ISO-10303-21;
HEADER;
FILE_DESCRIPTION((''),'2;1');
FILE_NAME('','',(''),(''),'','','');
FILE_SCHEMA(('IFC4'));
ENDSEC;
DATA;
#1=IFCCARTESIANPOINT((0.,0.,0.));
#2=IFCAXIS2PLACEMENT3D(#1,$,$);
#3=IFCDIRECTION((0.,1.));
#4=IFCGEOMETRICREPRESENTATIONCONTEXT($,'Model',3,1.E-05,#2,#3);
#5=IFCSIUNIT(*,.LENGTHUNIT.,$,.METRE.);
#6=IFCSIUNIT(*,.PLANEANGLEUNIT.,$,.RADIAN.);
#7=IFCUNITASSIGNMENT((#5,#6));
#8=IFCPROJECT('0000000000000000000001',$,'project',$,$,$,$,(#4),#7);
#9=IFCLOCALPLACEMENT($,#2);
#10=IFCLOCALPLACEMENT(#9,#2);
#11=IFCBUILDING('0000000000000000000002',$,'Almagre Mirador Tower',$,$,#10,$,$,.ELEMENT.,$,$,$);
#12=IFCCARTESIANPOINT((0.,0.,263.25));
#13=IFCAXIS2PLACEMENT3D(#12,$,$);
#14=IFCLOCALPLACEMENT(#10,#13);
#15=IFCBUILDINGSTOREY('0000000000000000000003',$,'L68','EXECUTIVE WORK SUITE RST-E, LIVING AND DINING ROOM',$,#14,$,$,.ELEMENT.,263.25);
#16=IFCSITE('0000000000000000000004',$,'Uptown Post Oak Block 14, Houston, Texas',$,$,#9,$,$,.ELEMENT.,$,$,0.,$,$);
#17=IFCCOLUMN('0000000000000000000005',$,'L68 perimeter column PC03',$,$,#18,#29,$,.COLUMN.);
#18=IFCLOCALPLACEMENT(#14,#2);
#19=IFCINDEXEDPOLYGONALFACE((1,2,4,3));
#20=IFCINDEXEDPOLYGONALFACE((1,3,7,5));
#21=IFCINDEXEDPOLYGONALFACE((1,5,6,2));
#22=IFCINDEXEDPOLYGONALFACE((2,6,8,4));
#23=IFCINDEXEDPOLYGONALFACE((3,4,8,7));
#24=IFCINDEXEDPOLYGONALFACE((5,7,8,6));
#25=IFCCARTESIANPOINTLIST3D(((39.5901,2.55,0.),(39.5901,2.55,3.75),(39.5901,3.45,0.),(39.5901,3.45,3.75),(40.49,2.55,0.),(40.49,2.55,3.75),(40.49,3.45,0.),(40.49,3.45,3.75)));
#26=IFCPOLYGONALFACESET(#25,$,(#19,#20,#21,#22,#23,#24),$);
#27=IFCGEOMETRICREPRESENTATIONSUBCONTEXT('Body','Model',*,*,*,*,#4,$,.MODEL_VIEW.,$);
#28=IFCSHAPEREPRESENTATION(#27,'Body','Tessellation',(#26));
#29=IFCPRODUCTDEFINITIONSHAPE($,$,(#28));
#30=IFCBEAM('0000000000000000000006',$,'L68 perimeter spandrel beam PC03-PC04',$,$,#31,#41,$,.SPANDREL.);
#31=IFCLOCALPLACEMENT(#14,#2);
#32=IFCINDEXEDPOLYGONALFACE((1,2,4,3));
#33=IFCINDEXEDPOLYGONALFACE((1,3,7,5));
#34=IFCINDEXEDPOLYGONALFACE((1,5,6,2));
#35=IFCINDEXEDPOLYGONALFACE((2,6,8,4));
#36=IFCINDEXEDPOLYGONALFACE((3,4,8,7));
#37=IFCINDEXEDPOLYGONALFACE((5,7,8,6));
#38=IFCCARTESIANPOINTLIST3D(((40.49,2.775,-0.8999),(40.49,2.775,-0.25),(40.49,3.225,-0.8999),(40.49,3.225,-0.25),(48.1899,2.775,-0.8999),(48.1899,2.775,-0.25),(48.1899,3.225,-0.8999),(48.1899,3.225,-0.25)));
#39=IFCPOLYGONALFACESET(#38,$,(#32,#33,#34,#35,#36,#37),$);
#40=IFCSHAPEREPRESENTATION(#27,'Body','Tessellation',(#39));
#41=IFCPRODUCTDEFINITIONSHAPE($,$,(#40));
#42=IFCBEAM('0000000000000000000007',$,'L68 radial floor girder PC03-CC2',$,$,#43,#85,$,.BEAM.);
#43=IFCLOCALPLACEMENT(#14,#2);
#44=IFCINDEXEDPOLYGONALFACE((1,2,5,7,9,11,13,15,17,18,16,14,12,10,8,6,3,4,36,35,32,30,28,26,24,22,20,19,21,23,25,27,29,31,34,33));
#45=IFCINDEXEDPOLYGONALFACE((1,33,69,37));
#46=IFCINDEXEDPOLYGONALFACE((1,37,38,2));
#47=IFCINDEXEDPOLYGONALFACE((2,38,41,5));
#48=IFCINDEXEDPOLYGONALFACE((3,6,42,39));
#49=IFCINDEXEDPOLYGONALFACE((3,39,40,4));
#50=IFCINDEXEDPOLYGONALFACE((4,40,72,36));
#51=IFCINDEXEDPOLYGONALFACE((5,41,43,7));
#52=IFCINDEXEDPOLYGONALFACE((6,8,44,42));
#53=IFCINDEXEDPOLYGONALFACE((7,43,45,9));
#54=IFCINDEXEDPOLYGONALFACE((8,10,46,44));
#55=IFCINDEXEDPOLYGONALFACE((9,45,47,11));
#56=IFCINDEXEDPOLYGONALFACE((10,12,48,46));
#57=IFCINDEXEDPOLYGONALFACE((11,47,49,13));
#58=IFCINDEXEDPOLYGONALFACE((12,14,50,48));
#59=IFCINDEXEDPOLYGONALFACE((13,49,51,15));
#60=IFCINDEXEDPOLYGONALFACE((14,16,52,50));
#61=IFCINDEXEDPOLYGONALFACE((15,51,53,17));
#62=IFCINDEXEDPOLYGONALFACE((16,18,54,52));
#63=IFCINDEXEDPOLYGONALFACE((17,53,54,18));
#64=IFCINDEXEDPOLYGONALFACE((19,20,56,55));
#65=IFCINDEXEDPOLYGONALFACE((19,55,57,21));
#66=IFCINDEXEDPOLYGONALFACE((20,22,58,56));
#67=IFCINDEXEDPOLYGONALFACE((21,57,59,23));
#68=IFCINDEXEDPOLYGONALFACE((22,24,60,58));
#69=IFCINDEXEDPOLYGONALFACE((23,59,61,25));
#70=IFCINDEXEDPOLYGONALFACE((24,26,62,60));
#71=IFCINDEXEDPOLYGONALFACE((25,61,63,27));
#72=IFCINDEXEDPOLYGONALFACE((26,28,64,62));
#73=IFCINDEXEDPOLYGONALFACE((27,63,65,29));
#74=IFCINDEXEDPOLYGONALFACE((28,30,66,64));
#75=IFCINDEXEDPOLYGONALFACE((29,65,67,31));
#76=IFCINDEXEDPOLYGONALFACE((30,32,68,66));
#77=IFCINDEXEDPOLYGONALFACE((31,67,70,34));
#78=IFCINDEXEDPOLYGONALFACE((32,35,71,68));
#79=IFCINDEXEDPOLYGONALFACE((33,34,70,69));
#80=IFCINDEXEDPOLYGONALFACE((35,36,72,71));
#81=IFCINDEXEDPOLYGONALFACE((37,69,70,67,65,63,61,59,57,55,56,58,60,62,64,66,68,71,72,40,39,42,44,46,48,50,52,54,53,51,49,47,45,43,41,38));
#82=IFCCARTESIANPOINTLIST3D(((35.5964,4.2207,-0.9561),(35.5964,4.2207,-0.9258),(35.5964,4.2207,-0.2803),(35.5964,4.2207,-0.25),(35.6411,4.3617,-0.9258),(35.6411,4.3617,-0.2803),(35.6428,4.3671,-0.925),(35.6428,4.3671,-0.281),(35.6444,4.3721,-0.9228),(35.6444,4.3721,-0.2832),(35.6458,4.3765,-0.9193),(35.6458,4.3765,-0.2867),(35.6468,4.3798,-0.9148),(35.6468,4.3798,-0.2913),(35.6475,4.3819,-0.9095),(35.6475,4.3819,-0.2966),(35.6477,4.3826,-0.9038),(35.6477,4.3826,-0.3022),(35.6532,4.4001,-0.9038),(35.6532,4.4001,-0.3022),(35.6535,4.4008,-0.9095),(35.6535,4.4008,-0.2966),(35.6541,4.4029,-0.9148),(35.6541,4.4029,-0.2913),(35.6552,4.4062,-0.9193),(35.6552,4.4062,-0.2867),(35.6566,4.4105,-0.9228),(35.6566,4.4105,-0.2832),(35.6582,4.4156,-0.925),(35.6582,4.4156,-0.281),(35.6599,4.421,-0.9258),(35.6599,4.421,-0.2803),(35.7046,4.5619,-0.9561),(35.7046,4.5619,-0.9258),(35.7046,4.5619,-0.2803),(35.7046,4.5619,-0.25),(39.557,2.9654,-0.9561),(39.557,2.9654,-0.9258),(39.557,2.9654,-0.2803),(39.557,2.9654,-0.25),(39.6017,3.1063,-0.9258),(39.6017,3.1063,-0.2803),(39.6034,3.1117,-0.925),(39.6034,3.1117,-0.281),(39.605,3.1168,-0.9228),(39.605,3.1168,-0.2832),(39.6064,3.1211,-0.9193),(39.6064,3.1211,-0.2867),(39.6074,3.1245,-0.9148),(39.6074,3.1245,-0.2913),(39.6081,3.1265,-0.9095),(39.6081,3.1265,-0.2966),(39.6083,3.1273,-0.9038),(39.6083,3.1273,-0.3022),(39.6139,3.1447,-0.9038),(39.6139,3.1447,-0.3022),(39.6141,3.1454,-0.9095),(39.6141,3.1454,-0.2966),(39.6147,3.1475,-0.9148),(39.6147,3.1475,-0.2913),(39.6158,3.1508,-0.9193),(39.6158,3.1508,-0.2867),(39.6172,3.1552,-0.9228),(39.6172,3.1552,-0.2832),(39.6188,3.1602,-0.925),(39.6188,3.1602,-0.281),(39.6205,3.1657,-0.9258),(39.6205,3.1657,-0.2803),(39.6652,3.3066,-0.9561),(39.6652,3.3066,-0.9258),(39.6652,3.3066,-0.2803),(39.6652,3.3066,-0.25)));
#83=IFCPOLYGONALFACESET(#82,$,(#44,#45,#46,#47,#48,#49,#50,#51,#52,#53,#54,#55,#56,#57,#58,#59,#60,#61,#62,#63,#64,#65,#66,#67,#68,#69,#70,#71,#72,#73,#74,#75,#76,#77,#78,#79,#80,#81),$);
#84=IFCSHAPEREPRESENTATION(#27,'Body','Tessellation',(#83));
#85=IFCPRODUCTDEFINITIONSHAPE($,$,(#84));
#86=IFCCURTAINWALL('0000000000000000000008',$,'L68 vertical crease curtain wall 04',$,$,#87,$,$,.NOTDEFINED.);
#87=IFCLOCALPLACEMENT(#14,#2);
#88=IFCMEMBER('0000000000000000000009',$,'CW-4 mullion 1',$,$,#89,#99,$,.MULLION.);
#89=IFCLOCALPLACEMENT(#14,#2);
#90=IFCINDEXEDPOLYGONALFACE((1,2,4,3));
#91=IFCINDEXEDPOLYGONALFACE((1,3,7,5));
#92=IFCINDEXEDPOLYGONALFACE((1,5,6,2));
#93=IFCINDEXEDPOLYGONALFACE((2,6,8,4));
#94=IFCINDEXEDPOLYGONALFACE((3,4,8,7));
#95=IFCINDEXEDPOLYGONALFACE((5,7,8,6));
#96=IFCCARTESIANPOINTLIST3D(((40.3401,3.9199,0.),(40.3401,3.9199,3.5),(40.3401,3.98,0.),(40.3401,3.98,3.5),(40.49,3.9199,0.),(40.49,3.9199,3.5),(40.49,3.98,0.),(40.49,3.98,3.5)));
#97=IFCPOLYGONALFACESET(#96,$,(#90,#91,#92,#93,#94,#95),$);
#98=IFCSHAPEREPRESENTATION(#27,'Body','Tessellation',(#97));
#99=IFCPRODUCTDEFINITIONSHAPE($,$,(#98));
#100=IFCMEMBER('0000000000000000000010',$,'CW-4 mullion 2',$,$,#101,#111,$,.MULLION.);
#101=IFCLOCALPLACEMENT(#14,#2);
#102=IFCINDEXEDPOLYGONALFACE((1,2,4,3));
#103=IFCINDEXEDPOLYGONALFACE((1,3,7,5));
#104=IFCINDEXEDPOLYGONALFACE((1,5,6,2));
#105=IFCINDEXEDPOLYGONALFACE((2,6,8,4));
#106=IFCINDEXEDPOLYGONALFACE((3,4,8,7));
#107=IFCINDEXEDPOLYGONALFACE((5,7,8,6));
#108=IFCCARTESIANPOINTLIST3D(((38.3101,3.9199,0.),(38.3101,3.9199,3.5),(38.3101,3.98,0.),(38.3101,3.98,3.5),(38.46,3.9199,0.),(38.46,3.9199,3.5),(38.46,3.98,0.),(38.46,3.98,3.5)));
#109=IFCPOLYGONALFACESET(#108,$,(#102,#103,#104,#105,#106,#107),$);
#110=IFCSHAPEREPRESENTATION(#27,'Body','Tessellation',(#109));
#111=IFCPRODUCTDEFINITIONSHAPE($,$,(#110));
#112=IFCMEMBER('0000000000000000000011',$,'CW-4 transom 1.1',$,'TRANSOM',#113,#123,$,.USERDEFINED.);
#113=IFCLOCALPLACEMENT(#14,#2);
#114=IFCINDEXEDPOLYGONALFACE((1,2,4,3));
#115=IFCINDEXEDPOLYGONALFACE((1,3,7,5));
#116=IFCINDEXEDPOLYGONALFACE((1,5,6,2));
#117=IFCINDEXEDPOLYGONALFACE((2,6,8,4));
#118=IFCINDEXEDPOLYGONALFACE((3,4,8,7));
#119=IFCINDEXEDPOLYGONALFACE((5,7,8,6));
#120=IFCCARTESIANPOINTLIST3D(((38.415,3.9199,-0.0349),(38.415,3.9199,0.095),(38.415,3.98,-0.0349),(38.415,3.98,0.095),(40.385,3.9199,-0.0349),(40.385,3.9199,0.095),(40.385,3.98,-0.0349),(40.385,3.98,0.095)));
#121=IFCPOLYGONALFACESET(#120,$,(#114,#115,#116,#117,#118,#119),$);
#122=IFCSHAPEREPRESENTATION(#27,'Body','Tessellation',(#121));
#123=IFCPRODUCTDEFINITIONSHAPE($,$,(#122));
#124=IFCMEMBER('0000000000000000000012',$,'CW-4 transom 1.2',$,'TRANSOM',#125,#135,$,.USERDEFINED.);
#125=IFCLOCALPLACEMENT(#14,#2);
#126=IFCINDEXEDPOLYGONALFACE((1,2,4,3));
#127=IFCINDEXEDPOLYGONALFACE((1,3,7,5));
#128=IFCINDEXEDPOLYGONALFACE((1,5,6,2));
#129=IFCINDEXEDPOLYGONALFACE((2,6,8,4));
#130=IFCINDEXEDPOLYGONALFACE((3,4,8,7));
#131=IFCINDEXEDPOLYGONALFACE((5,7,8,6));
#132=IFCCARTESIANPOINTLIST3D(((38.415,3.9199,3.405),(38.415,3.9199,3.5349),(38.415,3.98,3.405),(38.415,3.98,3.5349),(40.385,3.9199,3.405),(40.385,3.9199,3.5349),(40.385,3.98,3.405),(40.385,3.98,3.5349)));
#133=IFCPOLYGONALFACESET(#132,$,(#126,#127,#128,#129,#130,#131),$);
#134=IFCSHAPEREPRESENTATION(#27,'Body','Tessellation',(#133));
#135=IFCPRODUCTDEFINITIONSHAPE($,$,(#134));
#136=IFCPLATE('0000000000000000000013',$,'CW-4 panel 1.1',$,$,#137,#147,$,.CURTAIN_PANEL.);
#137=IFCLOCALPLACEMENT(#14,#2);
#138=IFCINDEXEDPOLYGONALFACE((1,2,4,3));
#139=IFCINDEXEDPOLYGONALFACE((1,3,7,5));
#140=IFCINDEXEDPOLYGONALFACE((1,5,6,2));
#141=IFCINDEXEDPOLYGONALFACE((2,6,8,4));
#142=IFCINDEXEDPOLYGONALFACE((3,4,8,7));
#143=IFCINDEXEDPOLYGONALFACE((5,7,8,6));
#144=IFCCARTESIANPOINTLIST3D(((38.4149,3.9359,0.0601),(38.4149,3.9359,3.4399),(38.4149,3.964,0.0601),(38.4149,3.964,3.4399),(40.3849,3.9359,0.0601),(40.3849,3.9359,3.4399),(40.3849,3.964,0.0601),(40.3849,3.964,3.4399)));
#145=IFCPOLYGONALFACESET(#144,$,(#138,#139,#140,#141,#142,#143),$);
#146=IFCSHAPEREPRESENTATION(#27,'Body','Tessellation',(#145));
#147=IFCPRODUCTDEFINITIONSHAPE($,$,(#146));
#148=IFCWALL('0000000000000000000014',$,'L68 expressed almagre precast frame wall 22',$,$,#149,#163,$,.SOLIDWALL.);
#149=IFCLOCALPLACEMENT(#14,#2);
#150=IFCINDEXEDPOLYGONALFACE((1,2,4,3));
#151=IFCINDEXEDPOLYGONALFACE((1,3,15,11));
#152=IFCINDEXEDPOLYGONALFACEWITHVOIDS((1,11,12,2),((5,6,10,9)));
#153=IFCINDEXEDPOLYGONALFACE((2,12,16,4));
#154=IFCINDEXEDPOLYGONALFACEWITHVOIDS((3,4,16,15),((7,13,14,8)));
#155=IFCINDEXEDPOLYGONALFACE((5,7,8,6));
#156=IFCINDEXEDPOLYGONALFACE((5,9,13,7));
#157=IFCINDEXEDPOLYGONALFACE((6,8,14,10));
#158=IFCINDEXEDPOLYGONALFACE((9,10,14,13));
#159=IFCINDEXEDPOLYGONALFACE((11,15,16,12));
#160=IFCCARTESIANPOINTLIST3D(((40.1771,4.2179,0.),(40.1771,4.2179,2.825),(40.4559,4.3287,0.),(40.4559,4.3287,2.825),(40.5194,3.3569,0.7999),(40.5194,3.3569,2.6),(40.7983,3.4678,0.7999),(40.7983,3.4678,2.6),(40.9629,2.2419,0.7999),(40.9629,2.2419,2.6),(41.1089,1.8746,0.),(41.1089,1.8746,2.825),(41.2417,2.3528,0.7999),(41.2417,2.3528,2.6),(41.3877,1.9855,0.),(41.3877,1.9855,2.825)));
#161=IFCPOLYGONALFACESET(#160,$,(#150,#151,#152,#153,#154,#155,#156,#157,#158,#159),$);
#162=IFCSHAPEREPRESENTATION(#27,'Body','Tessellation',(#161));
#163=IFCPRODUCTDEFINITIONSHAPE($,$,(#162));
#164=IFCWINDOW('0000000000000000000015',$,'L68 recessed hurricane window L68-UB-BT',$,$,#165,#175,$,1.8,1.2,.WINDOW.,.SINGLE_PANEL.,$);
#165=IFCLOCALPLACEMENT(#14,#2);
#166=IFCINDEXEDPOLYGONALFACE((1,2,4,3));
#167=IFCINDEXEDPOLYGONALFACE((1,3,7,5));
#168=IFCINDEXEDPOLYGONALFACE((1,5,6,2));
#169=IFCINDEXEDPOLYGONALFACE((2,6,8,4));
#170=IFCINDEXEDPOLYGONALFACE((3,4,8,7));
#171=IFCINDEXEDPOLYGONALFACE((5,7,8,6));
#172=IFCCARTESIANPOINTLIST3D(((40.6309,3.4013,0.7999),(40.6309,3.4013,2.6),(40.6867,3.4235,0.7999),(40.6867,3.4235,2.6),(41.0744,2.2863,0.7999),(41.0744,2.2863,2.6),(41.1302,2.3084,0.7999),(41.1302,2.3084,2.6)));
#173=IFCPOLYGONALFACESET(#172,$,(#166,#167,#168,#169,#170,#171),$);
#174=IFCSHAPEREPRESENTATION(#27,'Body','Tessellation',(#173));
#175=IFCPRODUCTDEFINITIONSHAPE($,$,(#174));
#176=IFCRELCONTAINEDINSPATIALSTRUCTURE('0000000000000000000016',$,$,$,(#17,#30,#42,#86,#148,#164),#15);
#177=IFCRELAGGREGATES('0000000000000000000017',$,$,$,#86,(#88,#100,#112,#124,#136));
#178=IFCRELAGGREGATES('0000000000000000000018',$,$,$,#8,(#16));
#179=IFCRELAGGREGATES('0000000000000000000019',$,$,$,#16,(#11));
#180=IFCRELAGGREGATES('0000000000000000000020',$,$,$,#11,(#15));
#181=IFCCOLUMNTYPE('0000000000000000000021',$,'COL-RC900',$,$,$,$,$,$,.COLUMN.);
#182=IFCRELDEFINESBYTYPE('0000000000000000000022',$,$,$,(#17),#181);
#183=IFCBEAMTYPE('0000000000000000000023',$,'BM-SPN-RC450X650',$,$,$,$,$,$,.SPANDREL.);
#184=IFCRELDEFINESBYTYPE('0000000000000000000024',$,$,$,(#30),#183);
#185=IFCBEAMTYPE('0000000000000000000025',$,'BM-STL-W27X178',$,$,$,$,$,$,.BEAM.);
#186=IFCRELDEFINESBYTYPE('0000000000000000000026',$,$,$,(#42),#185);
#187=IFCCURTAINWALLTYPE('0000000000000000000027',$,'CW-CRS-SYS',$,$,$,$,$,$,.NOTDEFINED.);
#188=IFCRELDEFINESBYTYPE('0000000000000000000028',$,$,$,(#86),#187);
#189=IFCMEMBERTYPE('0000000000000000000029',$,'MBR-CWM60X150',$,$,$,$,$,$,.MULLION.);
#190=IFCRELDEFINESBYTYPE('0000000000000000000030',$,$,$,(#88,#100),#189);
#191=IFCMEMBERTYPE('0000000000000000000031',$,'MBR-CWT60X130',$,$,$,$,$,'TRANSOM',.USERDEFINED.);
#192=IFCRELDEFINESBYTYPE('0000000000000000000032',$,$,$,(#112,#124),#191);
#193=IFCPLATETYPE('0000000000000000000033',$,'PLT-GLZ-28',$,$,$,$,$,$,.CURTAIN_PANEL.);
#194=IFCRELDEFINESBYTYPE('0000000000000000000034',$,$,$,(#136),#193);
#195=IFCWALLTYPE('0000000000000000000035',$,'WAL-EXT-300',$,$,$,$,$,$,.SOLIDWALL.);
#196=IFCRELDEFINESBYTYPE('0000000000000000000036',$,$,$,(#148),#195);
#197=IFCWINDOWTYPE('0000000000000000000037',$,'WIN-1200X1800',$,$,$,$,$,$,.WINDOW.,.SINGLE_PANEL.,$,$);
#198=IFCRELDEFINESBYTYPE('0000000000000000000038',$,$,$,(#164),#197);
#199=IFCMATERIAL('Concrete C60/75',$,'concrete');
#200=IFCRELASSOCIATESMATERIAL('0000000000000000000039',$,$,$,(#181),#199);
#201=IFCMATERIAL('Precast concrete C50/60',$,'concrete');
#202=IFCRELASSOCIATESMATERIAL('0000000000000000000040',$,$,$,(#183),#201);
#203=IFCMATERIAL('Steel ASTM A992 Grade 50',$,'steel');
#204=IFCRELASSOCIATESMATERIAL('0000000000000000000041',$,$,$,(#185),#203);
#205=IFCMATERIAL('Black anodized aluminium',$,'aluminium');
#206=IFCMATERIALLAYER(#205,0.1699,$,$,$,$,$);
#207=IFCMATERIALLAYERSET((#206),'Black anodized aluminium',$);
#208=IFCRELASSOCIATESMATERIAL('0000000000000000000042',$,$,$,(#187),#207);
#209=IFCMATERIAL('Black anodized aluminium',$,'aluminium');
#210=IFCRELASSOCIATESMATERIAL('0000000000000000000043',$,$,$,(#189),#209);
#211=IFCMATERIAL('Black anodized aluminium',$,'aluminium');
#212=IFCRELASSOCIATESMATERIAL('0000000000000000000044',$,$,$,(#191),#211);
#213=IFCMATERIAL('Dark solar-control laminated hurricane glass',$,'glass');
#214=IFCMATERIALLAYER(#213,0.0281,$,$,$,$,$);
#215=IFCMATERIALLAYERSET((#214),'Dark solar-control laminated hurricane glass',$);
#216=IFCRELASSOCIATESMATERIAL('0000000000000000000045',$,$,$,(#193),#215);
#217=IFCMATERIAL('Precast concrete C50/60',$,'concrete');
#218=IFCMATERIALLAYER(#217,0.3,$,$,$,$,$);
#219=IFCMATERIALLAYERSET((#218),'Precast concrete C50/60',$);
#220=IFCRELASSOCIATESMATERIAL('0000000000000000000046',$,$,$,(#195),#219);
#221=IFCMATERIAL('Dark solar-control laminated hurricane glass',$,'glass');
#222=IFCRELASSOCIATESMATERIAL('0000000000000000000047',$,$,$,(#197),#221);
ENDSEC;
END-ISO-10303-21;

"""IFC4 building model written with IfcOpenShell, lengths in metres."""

from ifc_helpers import new_model, si_unit, direction, frame, frame_2d, origin, origin_2d, place, context, subcontext, project, spatial, rectangle, i_section, extrude, material, layer, layer_set, material_profile, profile_set, type_object, element, fill, aggregate, save


model = new_model("IFC4")

# Units and contexts
model_context = context("Model", 3, precision=1e-05, world=origin(), true_north=direction((0.0, 1.0)))
body_context = subcontext(model_context, "Body", "Model", "MODEL_VIEW")
ifc_project = project(units=[si_unit("LENGTHUNIT", "METRE"), si_unit("PLANEANGLEUNIT", "RADIAN")], contexts=[model_context])

# Site, building, storey
site_placement = place(None, origin())
site = spatial("IfcSite", under=ifc_project, at=site_placement, Name="Uptown Post Oak Block 14, Houston, Texas", CompositionType="ELEMENT", RefElevation=0.0)
building_placement = place(site_placement, origin())
building = spatial("IfcBuilding", under=site, at=building_placement, Name="Almagre Mirador Tower", CompositionType="ELEMENT")
storey_placement = place(building_placement, frame((0.0, 0.0, 263.25)))
storey = spatial("IfcBuildingStorey", under=building, at=storey_placement, Name="L68", Description="EXECUTIVE WORK SUITE RST-E, LIVING AND DINING ROOM", CompositionType="ELEMENT", Elevation=263.25)

# Column
ifc_material_1 = material(Name="Concrete C60/75", Category="concrete")
ifc_material_profile_1 = material_profile(ifc_material_1, rectangle(XDim=0.8999, YDim=0.8999, at=origin_2d()), Name="RC900X900")
ifc_profile_set_1 = profile_set([ifc_material_profile_1], Name="Concrete C60/75")
column_type = type_object("IfcColumnType", Name="COL-RC900", PredefinedType="COLUMN", material=ifc_profile_set_1)
column_placement = place(storey_placement, frame((40.04, 3.0, 0.0), z_axis=(0.0, 0.0, 1.0), x_axis=(1.0, 0.0, 0.0)))
element("IfcColumn", 1, at=column_placement, inside=storey, type_object=column_type, Name="L68 perimeter column PC03", PredefinedType="COLUMN", context=body_context, shape_type="SweptSolid", body=[
    extrude(rectangle(XDim=0.8999, YDim=0.8999, at=origin_2d()), origin(), (0.0, 0.0, 1.0), 3.75),
])

# Beams
ifc_material_2 = material(Name="Precast concrete C50/60", Category="concrete")
ifc_material_profile_2 = material_profile(ifc_material_2, rectangle(XDim=0.45, YDim=0.6499, at=origin_2d()), Name="RC450X650")
ifc_profile_set_2 = profile_set([ifc_material_profile_2], Name="Precast concrete C50/60")
beam_type_1 = type_object("IfcBeamType", Name="BM-SPN-RC450X650", PredefinedType="SPANDREL", material=ifc_profile_set_2)
beam_1_placement = place(storey_placement, frame((40.49, 3.0, -0.575), z_axis=(1.0, 0.0, 0.0), x_axis=(0.0, 1.0, 0.0)))
element("IfcBeam", 2, at=beam_1_placement, inside=storey, type_object=beam_type_1, Name="L68 perimeter spandrel beam PC03-PC04", PredefinedType="SPANDREL", context=body_context, shape_type="SweptSolid", body=[
    extrude(rectangle(XDim=0.45, YDim=0.6499, at=origin_2d()), origin(), (0.0, 0.0, 1.0), 7.7),
])
ifc_material_3 = material(Name="Steel ASTM A992 Grade 50", Category="steel")
ifc_material_profile_3 = material_profile(ifc_material_3, i_section(OverallWidth=0.3579, OverallDepth=0.7061, WebThickness=0.0183, FlangeThickness=0.0303, FilletRadius=0.022, at=origin_2d()), Name="W27X178")
ifc_profile_set_3 = profile_set([ifc_material_profile_3], Name="Steel ASTM A992 Grade 50")
beam_type_2 = type_object("IfcBeamType", Name="BM-STL-W27X178", PredefinedType="BEAM", material=ifc_profile_set_3)
beam_2_placement = place(storey_placement, frame((39.6111, 3.136, -0.603), z_axis=(-0.953262, 0.302144, 0.0), x_axis=(-0.302144, -0.953262, 0.0)))
element("IfcBeam", 3, at=beam_2_placement, inside=storey, type_object=beam_type_2, Name="L68 radial floor girder PC03-CC2", PredefinedType="BEAM", context=body_context, shape_type="SweptSolid", body=[
    extrude(i_section(OverallWidth=0.3579, OverallDepth=0.7061, WebThickness=0.0183, FlangeThickness=0.0303, FilletRadius=0.022, at=origin_2d()), origin(), (0.0, 0.0, 1.0), 4.1548),
])

# Curtain wall, members, plate
ifc_material_4 = material(Name="Black anodized aluminium", Category="aluminium")
ifc_layer_1 = layer(ifc_material_4, 0.1699)
ifc_layer_set_1 = layer_set([ifc_layer_1], Name="Black anodized aluminium")
curtain_wall_type = type_object("IfcCurtainWallType", Name="CW-CRS-SYS", PredefinedType="NOTDEFINED", material=ifc_layer_set_1)
curtain_wall_placement = place(storey_placement, origin())
curtain_wall = element("IfcCurtainWall", 4, at=curtain_wall_placement, inside=storey, type_object=curtain_wall_type, Name="L68 vertical crease curtain wall 04", PredefinedType="NOTDEFINED")
ifc_material_5 = material(Name="Black anodized aluminium", Category="aluminium")
ifc_material_profile_4 = material_profile(ifc_material_5, rectangle(XDim=0.0601, YDim=0.1499, at=origin_2d()), Name="CWM60X150")
ifc_profile_set_4 = profile_set([ifc_material_profile_4], Name="Black anodized aluminium")
member_type_1 = type_object("IfcMemberType", Name="MBR-CWM60X150", PredefinedType="MULLION", material=ifc_profile_set_4)
member_1_placement = place(storey_placement, frame((40.415, 3.95, 0.0), z_axis=(0.0, 0.0, 1.0), x_axis=(0.0, -1.0, 0.0)))
member_1 = element("IfcMember", 5, at=member_1_placement, type_object=member_type_1, Name="CW-4 mullion 1", PredefinedType="MULLION", context=body_context, shape_type="SweptSolid", body=[
    extrude(rectangle(XDim=0.0601, YDim=0.1499, at=origin_2d()), origin(), (0.0, 0.0, 1.0), 3.5),
])
member_2_placement = place(storey_placement, frame((38.385, 3.95, 0.0), z_axis=(0.0, 0.0, 1.0), x_axis=(0.0, -1.0, 0.0)))
member_2 = element("IfcMember", 6, at=member_2_placement, type_object=member_type_1, Name="CW-4 mullion 2", PredefinedType="MULLION", context=body_context, shape_type="SweptSolid", body=[
    extrude(rectangle(XDim=0.0601, YDim=0.1499, at=origin_2d()), origin(), (0.0, 0.0, 1.0), 3.5),
])
ifc_material_6 = material(Name="Black anodized aluminium", Category="aluminium")
ifc_material_profile_5 = material_profile(ifc_material_6, rectangle(XDim=0.0601, YDim=0.1299, at=origin_2d()), Name="CWT60X130")
ifc_profile_set_5 = profile_set([ifc_material_profile_5], Name="Black anodized aluminium")
member_type_2 = type_object("IfcMemberType", Name="MBR-CWT60X130", ElementType="TRANSOM", PredefinedType="USERDEFINED", material=ifc_profile_set_5)
member_3_placement = place(storey_placement, frame((40.385, 3.95, 0.03), z_axis=(-1.0, 0.0, 0.0), x_axis=(0.0, -1.0, 0.0)))
member_3 = element("IfcMember", 7, at=member_3_placement, type_object=member_type_2, Name="CW-4 transom 1.1", ObjectType="TRANSOM", PredefinedType="USERDEFINED", context=body_context, shape_type="SweptSolid", body=[
    extrude(rectangle(XDim=0.0601, YDim=0.1299, at=origin_2d()), origin(), (0.0, 0.0, 1.0), 1.97),
])
member_4_placement = place(storey_placement, frame((40.385, 3.95, 3.47), z_axis=(-1.0, 0.0, 0.0), x_axis=(0.0, -1.0, 0.0)))
member_4 = element("IfcMember", 8, at=member_4_placement, type_object=member_type_2, Name="CW-4 transom 1.2", ObjectType="TRANSOM", PredefinedType="USERDEFINED", context=body_context, shape_type="SweptSolid", body=[
    extrude(rectangle(XDim=0.0601, YDim=0.1299, at=origin_2d()), origin(), (0.0, 0.0, 1.0), 1.97),
])
ifc_material_7 = material(Name="Dark solar-control laminated hurricane glass", Category="glass")
ifc_layer_2 = layer(ifc_material_7, 0.0281)
ifc_layer_set_2 = layer_set([ifc_layer_2], Name="Dark solar-control laminated hurricane glass")
plate_type = type_object("IfcPlateType", Name="PLT-GLZ-28", PredefinedType="CURTAIN_PANEL", material=ifc_layer_set_2)
plate_placement = place(storey_placement, frame((39.3999, 3.95, 0.0601), z_axis=(0.0, 0.0, 1.0), x_axis=(-1.0, 0.0, 0.0)))
plate = element("IfcPlate", 9, at=plate_placement, type_object=plate_type, Name="CW-4 panel 1.1", PredefinedType="CURTAIN_PANEL", context=body_context, shape_type="SweptSolid", body=[
    extrude(rectangle(XDim=1.97, YDim=0.0281, at=origin_2d()), origin(), (0.0, 0.0, 1.0), 3.3799),
])
aggregate(curtain_wall, [member_1, member_2, member_3, member_4, plate])

# Wall, opening, window
ifc_material_8 = material(Name="Precast concrete C50/60", Category="concrete")
ifc_layer_3 = layer(ifc_material_8, 0.3)
ifc_layer_set_3 = layer_set([ifc_layer_3], Name="Precast concrete C50/60")
wall_type_1 = type_object("IfcWallType", Name="WAL-EXT-300", PredefinedType="SOLIDWALL", material=ifc_layer_set_3)
wall_1_placement = place(storey_placement, frame((41.2483, 1.9302, 0.0), z_axis=(0.0, 0.0, 1.0), x_axis=(-0.369537, 0.929216, 0.0)))
wall_1 = element("IfcWall", 10, at=wall_1_placement, inside=storey, type_object=wall_type_1, Name="L68 expressed almagre precast frame wall 22", PredefinedType="SOLIDWALL", context=body_context, shape_type="SweptSolid", body=[
    extrude(rectangle(XDim=2.5217, YDim=0.3, at=frame_2d((1.2607, 0.0))), origin(), (0.0, 0.0, 1.0), 2.825),
])
opening_1_placement = place(wall_1_placement, frame((0.395, 0.0, 0.8)))
opening_1 = element("IfcOpeningElement", 11, at=opening_1_placement, cuts=wall_1, PredefinedType="OPENING", context=body_context, shape_type="SweptSolid", body=[
    extrude(rectangle(XDim=1.2, YDim=1.8, at=frame_2d((0.6001, 0.8999))), frame((0.0, 0.1599, 0.0), z_axis=(0.0, -1.0, 0.0), x_axis=(1.0, 0.0, 0.0)), (0.0, 0.0, 1.0), 0.32),
])
ifc_material_9 = material(Name="Dark solar-control laminated hurricane glass", Category="glass")
window_type_1 = type_object("IfcWindowType", Name="WIN-1200X1800", PartitioningType="SINGLE_PANEL", PredefinedType="WINDOW", material=ifc_material_9)
window_1_placement = place(opening_1_placement, origin())
window_1 = element("IfcWindow", 12, at=window_1_placement, inside=storey, type_object=window_type_1, Name="L68 recessed hurricane window L68-UB-BT", OverallHeight=1.8, OverallWidth=1.2, PartitioningType="SINGLE_PANEL", PredefinedType="WINDOW", context=body_context, shape_type="SweptSolid", body=[
    extrude(rectangle(XDim=1.2, YDim=1.8, at=frame_2d((0.6001, 0.8999))), frame((0.0, 0.03, 0.0), z_axis=(0.0, -1.0, 0.0), x_axis=(1.0, 0.0, 0.0)), (0.0, 0.0, 1.0), 0.0601),
])
fill(opening_1, window_1)

save(model, "model.ifc")
